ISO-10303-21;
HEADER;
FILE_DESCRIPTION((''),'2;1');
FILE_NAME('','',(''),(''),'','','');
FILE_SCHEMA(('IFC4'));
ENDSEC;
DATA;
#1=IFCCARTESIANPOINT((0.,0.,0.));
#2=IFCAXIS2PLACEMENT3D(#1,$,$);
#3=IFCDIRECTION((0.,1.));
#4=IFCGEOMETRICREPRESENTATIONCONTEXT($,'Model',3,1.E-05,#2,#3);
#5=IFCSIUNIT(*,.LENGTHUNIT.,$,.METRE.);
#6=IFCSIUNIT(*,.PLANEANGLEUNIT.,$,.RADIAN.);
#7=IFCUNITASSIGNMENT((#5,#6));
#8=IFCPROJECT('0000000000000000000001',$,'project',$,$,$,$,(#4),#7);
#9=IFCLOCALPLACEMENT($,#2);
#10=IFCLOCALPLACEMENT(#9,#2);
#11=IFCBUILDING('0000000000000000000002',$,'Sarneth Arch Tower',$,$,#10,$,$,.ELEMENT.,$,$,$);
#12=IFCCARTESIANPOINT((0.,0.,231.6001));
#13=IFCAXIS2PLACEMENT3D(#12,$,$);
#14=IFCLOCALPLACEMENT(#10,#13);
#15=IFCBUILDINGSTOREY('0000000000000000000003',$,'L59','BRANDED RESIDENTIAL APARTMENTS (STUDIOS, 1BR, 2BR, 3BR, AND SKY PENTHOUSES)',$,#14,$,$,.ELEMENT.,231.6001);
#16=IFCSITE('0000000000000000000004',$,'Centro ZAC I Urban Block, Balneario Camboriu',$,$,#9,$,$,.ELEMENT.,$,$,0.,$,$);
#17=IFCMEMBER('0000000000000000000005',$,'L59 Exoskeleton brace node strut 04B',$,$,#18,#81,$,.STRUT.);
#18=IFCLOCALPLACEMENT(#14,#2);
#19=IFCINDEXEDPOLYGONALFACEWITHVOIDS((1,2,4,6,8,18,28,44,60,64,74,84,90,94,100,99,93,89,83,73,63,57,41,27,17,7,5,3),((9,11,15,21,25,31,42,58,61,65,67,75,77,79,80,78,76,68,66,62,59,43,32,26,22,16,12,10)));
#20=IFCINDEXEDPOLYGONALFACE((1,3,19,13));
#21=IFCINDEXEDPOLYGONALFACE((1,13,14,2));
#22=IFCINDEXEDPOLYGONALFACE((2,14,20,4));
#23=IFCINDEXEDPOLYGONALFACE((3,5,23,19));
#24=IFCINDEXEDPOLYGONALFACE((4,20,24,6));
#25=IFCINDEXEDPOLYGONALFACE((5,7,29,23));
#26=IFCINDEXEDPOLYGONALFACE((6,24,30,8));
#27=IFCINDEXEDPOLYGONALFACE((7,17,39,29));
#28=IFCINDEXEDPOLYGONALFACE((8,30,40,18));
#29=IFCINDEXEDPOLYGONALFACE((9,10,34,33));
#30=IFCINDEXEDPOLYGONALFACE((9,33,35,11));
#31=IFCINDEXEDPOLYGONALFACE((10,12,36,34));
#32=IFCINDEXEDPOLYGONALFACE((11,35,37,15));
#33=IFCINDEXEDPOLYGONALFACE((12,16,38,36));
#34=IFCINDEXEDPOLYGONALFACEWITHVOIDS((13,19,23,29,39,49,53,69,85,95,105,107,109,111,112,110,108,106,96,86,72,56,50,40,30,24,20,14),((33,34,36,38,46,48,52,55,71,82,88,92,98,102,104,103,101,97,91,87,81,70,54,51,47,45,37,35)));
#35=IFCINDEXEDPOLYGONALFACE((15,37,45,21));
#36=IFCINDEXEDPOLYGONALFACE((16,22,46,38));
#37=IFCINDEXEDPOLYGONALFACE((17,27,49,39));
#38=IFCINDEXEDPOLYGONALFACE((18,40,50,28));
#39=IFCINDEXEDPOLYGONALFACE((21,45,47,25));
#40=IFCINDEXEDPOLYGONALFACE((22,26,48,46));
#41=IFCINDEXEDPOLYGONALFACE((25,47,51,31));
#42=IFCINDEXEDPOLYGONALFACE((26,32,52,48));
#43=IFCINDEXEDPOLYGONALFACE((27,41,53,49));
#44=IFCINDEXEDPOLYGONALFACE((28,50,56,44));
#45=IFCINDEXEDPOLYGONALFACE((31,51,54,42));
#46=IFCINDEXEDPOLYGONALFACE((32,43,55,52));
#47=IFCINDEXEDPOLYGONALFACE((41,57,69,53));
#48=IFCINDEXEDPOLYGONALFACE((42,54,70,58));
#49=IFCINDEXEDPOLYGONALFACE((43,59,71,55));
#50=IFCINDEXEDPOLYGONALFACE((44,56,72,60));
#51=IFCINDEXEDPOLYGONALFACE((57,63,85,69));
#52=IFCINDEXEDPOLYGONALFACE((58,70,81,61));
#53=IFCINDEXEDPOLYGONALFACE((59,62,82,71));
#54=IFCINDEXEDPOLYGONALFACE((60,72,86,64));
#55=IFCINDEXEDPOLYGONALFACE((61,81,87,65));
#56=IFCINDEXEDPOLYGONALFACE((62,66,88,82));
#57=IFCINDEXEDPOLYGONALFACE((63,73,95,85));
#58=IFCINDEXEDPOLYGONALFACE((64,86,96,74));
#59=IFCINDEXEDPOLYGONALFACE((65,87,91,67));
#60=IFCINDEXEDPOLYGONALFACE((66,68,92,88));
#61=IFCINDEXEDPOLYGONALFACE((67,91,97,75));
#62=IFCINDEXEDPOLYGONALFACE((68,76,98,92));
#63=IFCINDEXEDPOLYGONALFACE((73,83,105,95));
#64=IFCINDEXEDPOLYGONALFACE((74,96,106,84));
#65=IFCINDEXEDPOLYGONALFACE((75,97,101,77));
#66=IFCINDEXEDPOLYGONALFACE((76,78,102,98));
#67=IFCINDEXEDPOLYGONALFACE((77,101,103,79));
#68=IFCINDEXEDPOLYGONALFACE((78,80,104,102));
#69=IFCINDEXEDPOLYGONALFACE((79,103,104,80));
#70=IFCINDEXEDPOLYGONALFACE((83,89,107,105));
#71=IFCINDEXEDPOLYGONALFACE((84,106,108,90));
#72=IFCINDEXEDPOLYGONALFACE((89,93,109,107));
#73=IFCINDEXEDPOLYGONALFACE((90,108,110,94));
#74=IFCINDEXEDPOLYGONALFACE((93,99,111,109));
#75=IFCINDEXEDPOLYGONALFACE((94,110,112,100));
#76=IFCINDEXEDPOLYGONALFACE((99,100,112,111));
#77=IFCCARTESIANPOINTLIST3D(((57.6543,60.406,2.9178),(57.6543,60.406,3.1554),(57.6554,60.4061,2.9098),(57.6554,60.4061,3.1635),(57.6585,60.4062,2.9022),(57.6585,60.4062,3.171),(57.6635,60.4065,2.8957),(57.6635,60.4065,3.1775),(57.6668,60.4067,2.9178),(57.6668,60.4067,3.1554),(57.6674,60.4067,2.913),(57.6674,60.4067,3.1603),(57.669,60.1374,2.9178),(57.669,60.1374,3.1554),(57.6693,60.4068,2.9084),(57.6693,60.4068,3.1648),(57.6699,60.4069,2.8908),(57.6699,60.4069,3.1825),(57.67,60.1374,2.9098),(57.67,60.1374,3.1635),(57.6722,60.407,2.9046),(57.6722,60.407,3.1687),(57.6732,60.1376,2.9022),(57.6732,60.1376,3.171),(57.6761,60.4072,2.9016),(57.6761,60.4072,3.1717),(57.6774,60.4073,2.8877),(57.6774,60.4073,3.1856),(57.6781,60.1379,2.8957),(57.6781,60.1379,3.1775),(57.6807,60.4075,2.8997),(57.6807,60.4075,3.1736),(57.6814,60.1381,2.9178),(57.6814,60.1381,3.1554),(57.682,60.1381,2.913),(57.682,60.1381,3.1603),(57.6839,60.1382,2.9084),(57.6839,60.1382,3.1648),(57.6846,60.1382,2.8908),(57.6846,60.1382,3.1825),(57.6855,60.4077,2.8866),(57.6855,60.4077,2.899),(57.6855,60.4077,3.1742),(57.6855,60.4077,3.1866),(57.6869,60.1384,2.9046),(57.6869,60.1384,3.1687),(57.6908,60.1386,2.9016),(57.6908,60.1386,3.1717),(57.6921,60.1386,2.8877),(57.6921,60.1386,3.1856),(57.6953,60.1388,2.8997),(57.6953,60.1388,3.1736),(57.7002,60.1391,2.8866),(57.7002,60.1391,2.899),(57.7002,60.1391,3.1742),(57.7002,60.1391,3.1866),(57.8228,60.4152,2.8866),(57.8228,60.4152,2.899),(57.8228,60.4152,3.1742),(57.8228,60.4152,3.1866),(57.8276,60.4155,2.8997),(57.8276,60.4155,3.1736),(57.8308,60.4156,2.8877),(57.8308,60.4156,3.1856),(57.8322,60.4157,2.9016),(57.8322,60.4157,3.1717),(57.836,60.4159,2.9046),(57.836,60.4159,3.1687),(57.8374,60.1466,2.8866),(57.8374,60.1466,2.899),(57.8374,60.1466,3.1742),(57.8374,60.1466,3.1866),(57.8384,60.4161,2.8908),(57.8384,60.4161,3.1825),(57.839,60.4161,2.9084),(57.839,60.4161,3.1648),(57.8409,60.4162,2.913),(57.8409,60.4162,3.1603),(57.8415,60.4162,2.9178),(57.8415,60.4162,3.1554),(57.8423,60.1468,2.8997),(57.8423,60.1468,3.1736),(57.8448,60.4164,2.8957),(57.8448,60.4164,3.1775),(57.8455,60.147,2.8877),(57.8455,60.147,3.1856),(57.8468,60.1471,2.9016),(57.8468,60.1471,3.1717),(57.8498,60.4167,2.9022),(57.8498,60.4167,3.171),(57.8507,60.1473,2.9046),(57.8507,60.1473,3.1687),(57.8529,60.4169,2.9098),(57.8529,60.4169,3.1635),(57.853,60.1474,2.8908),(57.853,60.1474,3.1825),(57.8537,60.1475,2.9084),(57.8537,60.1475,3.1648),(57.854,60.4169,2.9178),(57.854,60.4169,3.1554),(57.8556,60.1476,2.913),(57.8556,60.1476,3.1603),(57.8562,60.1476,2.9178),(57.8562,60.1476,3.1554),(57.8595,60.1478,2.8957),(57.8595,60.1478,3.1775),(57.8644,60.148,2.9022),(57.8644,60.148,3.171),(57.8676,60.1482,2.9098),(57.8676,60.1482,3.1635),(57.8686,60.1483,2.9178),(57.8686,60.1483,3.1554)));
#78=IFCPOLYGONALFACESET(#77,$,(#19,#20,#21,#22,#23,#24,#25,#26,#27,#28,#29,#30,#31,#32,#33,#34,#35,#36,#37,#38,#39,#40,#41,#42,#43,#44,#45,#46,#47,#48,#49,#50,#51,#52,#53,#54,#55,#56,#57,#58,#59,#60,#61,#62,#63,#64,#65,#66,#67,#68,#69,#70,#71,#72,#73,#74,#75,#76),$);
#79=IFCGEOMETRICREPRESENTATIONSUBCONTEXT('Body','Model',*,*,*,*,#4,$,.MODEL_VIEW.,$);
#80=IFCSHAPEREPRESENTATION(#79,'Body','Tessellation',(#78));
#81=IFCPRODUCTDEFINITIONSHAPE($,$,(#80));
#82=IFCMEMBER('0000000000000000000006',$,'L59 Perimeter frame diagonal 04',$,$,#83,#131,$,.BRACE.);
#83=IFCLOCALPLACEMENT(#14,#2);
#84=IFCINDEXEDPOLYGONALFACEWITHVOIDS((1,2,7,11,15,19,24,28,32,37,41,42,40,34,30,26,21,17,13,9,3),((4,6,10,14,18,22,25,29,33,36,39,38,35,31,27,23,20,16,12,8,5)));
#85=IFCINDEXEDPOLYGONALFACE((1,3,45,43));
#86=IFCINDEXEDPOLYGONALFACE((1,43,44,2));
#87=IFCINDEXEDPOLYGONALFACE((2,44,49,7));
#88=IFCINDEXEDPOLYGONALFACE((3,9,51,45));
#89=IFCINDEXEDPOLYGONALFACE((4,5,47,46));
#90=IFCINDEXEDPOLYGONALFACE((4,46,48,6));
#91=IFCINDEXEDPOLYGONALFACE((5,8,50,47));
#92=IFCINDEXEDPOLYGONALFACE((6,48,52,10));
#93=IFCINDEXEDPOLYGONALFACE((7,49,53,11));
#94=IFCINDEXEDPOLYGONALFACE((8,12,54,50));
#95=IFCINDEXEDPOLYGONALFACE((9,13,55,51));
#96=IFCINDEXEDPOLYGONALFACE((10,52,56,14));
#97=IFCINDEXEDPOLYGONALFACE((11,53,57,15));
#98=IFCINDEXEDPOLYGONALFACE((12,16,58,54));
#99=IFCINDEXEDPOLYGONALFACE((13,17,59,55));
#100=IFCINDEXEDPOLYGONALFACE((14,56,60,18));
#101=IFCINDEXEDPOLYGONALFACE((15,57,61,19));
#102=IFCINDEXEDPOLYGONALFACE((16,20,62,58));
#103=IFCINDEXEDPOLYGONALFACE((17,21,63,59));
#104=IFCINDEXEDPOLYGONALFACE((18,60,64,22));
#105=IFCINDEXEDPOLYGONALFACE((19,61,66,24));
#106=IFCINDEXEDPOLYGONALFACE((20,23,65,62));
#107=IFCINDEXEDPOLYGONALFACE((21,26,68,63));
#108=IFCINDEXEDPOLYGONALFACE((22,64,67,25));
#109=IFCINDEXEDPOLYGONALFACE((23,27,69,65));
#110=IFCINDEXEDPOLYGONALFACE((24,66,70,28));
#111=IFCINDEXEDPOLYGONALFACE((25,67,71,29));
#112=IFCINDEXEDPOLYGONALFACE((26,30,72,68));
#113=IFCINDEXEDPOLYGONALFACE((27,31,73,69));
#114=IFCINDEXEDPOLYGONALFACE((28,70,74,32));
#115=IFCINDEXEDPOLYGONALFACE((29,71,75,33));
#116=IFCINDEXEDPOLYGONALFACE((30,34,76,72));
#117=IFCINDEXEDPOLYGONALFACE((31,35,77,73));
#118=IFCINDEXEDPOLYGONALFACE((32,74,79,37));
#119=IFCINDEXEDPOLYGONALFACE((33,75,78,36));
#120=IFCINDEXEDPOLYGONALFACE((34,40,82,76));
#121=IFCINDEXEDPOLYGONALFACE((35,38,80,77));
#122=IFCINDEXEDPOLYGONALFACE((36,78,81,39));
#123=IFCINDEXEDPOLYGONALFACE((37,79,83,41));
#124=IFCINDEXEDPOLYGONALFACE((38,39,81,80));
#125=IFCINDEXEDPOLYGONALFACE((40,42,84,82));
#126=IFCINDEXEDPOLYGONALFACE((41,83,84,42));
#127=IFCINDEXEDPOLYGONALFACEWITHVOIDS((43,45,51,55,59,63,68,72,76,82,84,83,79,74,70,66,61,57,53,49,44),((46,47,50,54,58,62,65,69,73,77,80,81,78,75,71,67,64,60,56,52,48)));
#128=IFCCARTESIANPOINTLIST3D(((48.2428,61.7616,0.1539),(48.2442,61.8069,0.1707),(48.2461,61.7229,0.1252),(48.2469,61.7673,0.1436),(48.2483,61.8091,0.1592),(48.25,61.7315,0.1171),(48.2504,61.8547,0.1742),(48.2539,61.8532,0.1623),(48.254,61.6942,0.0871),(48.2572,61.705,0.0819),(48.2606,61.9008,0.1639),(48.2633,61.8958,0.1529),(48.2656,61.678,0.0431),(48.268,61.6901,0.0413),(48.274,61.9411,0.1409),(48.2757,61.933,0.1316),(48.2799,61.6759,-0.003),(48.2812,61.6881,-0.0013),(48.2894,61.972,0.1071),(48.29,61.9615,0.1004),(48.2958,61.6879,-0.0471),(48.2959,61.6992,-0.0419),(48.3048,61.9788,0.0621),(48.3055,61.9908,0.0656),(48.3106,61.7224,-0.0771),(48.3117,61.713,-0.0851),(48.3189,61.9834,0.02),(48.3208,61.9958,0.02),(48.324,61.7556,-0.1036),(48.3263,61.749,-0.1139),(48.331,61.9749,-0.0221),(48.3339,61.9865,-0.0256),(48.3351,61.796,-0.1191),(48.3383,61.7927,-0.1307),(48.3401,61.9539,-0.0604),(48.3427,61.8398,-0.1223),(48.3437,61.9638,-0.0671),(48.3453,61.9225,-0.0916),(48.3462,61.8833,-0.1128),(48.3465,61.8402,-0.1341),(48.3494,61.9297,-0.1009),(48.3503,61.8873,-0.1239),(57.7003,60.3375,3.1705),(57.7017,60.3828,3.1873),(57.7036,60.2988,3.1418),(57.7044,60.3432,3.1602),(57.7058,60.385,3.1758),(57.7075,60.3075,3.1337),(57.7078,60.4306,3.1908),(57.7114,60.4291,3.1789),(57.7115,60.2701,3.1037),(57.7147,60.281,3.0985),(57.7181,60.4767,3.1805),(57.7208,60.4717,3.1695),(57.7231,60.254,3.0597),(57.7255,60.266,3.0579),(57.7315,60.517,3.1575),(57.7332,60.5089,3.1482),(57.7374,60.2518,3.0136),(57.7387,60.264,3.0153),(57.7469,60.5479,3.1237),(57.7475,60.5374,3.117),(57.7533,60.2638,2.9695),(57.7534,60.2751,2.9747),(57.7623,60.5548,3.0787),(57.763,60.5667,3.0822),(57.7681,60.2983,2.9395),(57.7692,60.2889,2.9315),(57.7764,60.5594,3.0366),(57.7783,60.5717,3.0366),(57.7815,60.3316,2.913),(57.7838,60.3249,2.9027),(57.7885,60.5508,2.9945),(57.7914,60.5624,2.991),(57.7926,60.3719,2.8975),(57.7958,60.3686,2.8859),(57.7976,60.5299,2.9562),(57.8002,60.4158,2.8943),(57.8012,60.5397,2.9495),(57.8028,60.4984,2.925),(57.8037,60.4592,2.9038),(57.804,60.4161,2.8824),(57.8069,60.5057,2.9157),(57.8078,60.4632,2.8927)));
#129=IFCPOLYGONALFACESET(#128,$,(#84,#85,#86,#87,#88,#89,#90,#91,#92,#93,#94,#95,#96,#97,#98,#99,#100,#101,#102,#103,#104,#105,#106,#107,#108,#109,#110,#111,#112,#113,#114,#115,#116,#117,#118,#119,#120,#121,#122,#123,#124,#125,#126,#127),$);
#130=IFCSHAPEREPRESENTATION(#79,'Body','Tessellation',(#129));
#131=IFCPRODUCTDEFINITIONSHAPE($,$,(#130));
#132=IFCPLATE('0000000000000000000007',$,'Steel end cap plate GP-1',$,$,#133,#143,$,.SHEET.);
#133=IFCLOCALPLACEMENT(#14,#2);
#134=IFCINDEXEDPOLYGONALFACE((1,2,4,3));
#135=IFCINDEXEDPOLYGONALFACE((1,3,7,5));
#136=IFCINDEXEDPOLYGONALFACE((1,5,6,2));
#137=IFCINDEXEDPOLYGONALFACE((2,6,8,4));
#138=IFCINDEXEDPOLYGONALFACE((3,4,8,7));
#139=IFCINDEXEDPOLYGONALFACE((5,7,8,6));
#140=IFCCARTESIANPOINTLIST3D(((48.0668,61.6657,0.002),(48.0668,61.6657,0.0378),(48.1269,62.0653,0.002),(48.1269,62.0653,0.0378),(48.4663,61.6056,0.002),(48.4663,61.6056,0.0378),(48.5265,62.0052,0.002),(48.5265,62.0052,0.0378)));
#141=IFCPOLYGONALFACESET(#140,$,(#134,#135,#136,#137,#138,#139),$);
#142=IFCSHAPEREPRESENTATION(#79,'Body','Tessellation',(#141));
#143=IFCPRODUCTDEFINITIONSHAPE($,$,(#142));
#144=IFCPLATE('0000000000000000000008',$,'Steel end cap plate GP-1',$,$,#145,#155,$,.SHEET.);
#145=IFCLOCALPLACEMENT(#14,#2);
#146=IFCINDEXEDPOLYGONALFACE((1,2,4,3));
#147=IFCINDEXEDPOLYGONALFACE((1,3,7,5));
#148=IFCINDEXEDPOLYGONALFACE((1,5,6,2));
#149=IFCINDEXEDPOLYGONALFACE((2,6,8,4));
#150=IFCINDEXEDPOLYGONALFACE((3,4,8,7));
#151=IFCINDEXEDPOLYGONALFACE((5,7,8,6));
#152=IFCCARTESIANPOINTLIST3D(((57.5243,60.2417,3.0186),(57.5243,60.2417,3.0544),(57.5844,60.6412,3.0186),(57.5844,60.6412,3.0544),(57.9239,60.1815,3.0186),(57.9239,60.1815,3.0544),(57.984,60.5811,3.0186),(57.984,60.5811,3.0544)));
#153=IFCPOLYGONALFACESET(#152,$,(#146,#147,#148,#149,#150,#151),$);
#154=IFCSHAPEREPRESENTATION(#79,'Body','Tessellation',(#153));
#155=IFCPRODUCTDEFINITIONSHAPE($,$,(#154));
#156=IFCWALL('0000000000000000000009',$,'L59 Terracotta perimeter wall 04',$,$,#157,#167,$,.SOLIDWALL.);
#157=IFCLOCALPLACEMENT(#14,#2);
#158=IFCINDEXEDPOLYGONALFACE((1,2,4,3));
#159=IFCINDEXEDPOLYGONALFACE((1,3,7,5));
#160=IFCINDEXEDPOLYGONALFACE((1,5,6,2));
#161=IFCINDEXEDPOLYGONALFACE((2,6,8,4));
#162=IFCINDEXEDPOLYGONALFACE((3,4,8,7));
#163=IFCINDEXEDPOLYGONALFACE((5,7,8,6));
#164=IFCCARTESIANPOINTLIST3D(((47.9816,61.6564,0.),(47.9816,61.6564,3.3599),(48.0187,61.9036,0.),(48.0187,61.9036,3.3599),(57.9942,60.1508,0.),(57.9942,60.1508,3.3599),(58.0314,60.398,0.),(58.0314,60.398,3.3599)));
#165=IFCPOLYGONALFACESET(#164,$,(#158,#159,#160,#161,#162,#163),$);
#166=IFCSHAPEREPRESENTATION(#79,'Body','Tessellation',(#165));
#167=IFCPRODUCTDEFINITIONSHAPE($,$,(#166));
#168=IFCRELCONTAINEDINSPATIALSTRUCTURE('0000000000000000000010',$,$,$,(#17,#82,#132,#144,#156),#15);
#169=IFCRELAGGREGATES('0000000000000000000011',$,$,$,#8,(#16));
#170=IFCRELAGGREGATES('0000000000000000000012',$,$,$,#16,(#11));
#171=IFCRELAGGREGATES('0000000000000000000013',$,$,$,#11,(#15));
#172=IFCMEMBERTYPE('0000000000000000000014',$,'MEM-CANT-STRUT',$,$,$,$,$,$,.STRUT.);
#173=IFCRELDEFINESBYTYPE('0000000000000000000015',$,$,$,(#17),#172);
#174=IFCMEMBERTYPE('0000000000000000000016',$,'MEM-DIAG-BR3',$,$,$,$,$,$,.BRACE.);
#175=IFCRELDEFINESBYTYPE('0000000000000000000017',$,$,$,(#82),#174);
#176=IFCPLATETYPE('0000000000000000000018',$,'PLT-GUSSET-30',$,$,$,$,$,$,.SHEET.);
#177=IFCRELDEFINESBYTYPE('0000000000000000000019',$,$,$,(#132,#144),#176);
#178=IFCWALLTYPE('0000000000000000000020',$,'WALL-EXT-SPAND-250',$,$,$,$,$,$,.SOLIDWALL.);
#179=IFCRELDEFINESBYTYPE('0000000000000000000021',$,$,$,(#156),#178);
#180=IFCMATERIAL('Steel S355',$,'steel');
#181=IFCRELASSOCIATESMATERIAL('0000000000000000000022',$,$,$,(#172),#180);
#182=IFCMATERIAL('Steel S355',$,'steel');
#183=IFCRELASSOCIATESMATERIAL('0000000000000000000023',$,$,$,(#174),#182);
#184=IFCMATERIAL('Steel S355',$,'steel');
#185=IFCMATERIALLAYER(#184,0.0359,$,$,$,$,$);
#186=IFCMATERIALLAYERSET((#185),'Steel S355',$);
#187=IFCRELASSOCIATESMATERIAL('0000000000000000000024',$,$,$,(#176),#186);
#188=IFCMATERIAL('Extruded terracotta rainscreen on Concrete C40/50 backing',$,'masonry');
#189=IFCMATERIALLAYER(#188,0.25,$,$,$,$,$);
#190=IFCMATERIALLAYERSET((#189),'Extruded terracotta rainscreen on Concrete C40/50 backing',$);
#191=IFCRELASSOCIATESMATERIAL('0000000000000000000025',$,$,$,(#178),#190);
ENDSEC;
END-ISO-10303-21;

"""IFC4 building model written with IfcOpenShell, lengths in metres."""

from ifc_helpers import new_model, si_unit, direction, frame, frame_2d, origin, origin_2d, place, context, subcontext, project, spatial, rectangle, hollow_rectangle, hollow_circle, extrude, material, layer, layer_set, material_profile, profile_set, type_object, element, save


model = new_model("IFC4")

# Units and contexts
model_context = context("Model", 3, precision=1e-05, world=origin(), true_north=direction((0.0, 1.0)))
body_context = subcontext(model_context, "Body", "Model", "MODEL_VIEW")
ifc_project = project(units=[si_unit("LENGTHUNIT", "METRE"), si_unit("PLANEANGLEUNIT", "RADIAN")], contexts=[model_context])

# Site, building, storey
site_placement = place(None, origin())
site = spatial("IfcSite", under=ifc_project, at=site_placement, Name="Centro ZAC I Urban Block, Balneario Camboriu", CompositionType="ELEMENT", RefElevation=0.0)
building_placement = place(site_placement, origin())
building = spatial("IfcBuilding", under=site, at=building_placement, Name="Sarneth Arch Tower", CompositionType="ELEMENT")
storey_placement = place(building_placement, frame((0.0, 0.0, 231.6001)))
storey = spatial("IfcBuildingStorey", under=building, at=storey_placement, Name="L59", Description="BRANDED RESIDENTIAL APARTMENTS (STUDIOS, 1BR, 2BR, 3BR, AND SKY PENTHOUSES)", CompositionType="ELEMENT", Elevation=231.6001)

# Members
ifc_material_1 = material(Name="Steel S355", Category="steel")
ifc_material_profile_1 = material_profile(ifc_material_1, hollow_rectangle(XDim=0.2, YDim=0.3, WallThickness=0.0125, InnerFilletRadius=0.0188, OuterFilletRadius=0.0312, at=origin_2d()), Name="RHS300x200x12.5")
ifc_profile_set_1 = profile_set([ifc_material_profile_1], Name="Steel S355")
member_type_1 = type_object("IfcMemberType", Name="MEM-CANT-STRUT", PredefinedType="STRUT", material=ifc_profile_set_1)
member_1_placement = place(storey_placement, frame((57.7688, 60.1428, 3.0366), z_axis=(-0.054464, 0.998516, 0.0), x_axis=(-0.998516, -0.054464, 0.0)))
element("IfcMember", 1, at=member_1_placement, inside=storey, type_object=member_type_1, Name="L59 Exoskeleton brace node strut 04B", PredefinedType="STRUT", context=body_context, shape_type="SweptSolid", body=[
    extrude(hollow_rectangle(XDim=0.2, YDim=0.3, WallThickness=0.0125, InnerFilletRadius=0.0188, OuterFilletRadius=0.0312, at=origin_2d()), origin(), (0.0, 0.0, 1.0), 0.269),
])
ifc_material_2 = material(Name="Steel S355", Category="steel")
ifc_material_profile_2 = material_profile(ifc_material_2, hollow_circle(Radius=0.1621, WallThickness=0.0125, at=origin_2d()), Name="CHS324x12.5")
ifc_profile_set_2 = profile_set([ifc_material_profile_2], Name="Steel S355")
member_type_2 = type_object("IfcMemberType", Name="MEM-DIAG-BR3", PredefinedType="BRACE", material=ifc_profile_set_2)
member_2_placement = place(storey_placement, frame((48.2966, 61.8354, 0.02), z_axis=(0.943056, -0.142001, 0.3008), x_axis=(0.148897, 0.988853, 0.0)))
element("IfcMember", 2, at=member_2_placement, inside=storey, type_object=member_type_2, Name="L59 Perimeter frame diagonal 04", PredefinedType="BRACE", context=body_context, shape_type="SweptSolid", body=[
    extrude(hollow_circle(Radius=0.1621, WallThickness=0.0125, at=origin_2d()), origin(), (0.0, 0.0, 1.0), 10.0286),
])

# Plates
ifc_material_3 = material(Name="Steel S355", Category="steel")
ifc_layer_1 = layer(ifc_material_3, 0.0359)
ifc_layer_set_1 = layer_set([ifc_layer_1], Name="Steel S355")
plate_type = type_object("IfcPlateType", Name="PLT-GUSSET-30", PredefinedType="SHEET", material=ifc_layer_set_1)
for number, where, z_axis, x_axis, name in (
    (3, (48.2966, 61.8354, 0.002), (0.0, 0.0, 1.0), (-0.988861, 0.148845, 0.0), "Steel end cap plate GP-1"),
    (4, (57.7542, 60.4114, 3.0186), (0.0, 0.0, 1.0), (-0.988861, 0.148845, 0.0), "Steel end cap plate GP-1"),
):
    element("IfcPlate", number, at=place(storey_placement, frame(where, z_axis=z_axis, x_axis=x_axis)), inside=storey, type_object=plate_type, Name=name, PredefinedType="SHEET", context=body_context, shape_type="SweptSolid", body=[
        extrude(rectangle(XDim=0.4041, YDim=0.4041, at=origin_2d()), origin(), (0.0, 0.0, 1.0), 0.0359),
    ])

# Wall
ifc_material_4 = material(Name="Extruded terracotta rainscreen on Concrete C40/50 backing", Category="masonry")
ifc_layer_2 = layer(ifc_material_4, 0.25)
ifc_layer_set_2 = layer_set([ifc_layer_2], Name="Extruded terracotta rainscreen on Concrete C40/50 backing")
wall_type_1 = type_object("IfcWallType", Name="WALL-EXT-SPAND-250", PredefinedType="SOLIDWALL", material=ifc_layer_set_2)
wall_1_placement = place(storey_placement, frame((58.0127, 60.2744, 0.0), z_axis=(0.0, 0.0, 1.0), x_axis=(-0.988883, 0.148699, 0.0)))
element("IfcWall", 5, at=wall_1_placement, inside=storey, type_object=wall_type_1, Name="L59 Terracotta perimeter wall 04", PredefinedType="SOLIDWALL", context=body_context, shape_type="SweptSolid", body=[
    extrude(rectangle(XDim=10.1252, YDim=0.25, at=frame_2d((5.0625, 0.0))), origin(), (0.0, 0.0, 1.0), 3.3599),
])

save(model, "model.ifc")
